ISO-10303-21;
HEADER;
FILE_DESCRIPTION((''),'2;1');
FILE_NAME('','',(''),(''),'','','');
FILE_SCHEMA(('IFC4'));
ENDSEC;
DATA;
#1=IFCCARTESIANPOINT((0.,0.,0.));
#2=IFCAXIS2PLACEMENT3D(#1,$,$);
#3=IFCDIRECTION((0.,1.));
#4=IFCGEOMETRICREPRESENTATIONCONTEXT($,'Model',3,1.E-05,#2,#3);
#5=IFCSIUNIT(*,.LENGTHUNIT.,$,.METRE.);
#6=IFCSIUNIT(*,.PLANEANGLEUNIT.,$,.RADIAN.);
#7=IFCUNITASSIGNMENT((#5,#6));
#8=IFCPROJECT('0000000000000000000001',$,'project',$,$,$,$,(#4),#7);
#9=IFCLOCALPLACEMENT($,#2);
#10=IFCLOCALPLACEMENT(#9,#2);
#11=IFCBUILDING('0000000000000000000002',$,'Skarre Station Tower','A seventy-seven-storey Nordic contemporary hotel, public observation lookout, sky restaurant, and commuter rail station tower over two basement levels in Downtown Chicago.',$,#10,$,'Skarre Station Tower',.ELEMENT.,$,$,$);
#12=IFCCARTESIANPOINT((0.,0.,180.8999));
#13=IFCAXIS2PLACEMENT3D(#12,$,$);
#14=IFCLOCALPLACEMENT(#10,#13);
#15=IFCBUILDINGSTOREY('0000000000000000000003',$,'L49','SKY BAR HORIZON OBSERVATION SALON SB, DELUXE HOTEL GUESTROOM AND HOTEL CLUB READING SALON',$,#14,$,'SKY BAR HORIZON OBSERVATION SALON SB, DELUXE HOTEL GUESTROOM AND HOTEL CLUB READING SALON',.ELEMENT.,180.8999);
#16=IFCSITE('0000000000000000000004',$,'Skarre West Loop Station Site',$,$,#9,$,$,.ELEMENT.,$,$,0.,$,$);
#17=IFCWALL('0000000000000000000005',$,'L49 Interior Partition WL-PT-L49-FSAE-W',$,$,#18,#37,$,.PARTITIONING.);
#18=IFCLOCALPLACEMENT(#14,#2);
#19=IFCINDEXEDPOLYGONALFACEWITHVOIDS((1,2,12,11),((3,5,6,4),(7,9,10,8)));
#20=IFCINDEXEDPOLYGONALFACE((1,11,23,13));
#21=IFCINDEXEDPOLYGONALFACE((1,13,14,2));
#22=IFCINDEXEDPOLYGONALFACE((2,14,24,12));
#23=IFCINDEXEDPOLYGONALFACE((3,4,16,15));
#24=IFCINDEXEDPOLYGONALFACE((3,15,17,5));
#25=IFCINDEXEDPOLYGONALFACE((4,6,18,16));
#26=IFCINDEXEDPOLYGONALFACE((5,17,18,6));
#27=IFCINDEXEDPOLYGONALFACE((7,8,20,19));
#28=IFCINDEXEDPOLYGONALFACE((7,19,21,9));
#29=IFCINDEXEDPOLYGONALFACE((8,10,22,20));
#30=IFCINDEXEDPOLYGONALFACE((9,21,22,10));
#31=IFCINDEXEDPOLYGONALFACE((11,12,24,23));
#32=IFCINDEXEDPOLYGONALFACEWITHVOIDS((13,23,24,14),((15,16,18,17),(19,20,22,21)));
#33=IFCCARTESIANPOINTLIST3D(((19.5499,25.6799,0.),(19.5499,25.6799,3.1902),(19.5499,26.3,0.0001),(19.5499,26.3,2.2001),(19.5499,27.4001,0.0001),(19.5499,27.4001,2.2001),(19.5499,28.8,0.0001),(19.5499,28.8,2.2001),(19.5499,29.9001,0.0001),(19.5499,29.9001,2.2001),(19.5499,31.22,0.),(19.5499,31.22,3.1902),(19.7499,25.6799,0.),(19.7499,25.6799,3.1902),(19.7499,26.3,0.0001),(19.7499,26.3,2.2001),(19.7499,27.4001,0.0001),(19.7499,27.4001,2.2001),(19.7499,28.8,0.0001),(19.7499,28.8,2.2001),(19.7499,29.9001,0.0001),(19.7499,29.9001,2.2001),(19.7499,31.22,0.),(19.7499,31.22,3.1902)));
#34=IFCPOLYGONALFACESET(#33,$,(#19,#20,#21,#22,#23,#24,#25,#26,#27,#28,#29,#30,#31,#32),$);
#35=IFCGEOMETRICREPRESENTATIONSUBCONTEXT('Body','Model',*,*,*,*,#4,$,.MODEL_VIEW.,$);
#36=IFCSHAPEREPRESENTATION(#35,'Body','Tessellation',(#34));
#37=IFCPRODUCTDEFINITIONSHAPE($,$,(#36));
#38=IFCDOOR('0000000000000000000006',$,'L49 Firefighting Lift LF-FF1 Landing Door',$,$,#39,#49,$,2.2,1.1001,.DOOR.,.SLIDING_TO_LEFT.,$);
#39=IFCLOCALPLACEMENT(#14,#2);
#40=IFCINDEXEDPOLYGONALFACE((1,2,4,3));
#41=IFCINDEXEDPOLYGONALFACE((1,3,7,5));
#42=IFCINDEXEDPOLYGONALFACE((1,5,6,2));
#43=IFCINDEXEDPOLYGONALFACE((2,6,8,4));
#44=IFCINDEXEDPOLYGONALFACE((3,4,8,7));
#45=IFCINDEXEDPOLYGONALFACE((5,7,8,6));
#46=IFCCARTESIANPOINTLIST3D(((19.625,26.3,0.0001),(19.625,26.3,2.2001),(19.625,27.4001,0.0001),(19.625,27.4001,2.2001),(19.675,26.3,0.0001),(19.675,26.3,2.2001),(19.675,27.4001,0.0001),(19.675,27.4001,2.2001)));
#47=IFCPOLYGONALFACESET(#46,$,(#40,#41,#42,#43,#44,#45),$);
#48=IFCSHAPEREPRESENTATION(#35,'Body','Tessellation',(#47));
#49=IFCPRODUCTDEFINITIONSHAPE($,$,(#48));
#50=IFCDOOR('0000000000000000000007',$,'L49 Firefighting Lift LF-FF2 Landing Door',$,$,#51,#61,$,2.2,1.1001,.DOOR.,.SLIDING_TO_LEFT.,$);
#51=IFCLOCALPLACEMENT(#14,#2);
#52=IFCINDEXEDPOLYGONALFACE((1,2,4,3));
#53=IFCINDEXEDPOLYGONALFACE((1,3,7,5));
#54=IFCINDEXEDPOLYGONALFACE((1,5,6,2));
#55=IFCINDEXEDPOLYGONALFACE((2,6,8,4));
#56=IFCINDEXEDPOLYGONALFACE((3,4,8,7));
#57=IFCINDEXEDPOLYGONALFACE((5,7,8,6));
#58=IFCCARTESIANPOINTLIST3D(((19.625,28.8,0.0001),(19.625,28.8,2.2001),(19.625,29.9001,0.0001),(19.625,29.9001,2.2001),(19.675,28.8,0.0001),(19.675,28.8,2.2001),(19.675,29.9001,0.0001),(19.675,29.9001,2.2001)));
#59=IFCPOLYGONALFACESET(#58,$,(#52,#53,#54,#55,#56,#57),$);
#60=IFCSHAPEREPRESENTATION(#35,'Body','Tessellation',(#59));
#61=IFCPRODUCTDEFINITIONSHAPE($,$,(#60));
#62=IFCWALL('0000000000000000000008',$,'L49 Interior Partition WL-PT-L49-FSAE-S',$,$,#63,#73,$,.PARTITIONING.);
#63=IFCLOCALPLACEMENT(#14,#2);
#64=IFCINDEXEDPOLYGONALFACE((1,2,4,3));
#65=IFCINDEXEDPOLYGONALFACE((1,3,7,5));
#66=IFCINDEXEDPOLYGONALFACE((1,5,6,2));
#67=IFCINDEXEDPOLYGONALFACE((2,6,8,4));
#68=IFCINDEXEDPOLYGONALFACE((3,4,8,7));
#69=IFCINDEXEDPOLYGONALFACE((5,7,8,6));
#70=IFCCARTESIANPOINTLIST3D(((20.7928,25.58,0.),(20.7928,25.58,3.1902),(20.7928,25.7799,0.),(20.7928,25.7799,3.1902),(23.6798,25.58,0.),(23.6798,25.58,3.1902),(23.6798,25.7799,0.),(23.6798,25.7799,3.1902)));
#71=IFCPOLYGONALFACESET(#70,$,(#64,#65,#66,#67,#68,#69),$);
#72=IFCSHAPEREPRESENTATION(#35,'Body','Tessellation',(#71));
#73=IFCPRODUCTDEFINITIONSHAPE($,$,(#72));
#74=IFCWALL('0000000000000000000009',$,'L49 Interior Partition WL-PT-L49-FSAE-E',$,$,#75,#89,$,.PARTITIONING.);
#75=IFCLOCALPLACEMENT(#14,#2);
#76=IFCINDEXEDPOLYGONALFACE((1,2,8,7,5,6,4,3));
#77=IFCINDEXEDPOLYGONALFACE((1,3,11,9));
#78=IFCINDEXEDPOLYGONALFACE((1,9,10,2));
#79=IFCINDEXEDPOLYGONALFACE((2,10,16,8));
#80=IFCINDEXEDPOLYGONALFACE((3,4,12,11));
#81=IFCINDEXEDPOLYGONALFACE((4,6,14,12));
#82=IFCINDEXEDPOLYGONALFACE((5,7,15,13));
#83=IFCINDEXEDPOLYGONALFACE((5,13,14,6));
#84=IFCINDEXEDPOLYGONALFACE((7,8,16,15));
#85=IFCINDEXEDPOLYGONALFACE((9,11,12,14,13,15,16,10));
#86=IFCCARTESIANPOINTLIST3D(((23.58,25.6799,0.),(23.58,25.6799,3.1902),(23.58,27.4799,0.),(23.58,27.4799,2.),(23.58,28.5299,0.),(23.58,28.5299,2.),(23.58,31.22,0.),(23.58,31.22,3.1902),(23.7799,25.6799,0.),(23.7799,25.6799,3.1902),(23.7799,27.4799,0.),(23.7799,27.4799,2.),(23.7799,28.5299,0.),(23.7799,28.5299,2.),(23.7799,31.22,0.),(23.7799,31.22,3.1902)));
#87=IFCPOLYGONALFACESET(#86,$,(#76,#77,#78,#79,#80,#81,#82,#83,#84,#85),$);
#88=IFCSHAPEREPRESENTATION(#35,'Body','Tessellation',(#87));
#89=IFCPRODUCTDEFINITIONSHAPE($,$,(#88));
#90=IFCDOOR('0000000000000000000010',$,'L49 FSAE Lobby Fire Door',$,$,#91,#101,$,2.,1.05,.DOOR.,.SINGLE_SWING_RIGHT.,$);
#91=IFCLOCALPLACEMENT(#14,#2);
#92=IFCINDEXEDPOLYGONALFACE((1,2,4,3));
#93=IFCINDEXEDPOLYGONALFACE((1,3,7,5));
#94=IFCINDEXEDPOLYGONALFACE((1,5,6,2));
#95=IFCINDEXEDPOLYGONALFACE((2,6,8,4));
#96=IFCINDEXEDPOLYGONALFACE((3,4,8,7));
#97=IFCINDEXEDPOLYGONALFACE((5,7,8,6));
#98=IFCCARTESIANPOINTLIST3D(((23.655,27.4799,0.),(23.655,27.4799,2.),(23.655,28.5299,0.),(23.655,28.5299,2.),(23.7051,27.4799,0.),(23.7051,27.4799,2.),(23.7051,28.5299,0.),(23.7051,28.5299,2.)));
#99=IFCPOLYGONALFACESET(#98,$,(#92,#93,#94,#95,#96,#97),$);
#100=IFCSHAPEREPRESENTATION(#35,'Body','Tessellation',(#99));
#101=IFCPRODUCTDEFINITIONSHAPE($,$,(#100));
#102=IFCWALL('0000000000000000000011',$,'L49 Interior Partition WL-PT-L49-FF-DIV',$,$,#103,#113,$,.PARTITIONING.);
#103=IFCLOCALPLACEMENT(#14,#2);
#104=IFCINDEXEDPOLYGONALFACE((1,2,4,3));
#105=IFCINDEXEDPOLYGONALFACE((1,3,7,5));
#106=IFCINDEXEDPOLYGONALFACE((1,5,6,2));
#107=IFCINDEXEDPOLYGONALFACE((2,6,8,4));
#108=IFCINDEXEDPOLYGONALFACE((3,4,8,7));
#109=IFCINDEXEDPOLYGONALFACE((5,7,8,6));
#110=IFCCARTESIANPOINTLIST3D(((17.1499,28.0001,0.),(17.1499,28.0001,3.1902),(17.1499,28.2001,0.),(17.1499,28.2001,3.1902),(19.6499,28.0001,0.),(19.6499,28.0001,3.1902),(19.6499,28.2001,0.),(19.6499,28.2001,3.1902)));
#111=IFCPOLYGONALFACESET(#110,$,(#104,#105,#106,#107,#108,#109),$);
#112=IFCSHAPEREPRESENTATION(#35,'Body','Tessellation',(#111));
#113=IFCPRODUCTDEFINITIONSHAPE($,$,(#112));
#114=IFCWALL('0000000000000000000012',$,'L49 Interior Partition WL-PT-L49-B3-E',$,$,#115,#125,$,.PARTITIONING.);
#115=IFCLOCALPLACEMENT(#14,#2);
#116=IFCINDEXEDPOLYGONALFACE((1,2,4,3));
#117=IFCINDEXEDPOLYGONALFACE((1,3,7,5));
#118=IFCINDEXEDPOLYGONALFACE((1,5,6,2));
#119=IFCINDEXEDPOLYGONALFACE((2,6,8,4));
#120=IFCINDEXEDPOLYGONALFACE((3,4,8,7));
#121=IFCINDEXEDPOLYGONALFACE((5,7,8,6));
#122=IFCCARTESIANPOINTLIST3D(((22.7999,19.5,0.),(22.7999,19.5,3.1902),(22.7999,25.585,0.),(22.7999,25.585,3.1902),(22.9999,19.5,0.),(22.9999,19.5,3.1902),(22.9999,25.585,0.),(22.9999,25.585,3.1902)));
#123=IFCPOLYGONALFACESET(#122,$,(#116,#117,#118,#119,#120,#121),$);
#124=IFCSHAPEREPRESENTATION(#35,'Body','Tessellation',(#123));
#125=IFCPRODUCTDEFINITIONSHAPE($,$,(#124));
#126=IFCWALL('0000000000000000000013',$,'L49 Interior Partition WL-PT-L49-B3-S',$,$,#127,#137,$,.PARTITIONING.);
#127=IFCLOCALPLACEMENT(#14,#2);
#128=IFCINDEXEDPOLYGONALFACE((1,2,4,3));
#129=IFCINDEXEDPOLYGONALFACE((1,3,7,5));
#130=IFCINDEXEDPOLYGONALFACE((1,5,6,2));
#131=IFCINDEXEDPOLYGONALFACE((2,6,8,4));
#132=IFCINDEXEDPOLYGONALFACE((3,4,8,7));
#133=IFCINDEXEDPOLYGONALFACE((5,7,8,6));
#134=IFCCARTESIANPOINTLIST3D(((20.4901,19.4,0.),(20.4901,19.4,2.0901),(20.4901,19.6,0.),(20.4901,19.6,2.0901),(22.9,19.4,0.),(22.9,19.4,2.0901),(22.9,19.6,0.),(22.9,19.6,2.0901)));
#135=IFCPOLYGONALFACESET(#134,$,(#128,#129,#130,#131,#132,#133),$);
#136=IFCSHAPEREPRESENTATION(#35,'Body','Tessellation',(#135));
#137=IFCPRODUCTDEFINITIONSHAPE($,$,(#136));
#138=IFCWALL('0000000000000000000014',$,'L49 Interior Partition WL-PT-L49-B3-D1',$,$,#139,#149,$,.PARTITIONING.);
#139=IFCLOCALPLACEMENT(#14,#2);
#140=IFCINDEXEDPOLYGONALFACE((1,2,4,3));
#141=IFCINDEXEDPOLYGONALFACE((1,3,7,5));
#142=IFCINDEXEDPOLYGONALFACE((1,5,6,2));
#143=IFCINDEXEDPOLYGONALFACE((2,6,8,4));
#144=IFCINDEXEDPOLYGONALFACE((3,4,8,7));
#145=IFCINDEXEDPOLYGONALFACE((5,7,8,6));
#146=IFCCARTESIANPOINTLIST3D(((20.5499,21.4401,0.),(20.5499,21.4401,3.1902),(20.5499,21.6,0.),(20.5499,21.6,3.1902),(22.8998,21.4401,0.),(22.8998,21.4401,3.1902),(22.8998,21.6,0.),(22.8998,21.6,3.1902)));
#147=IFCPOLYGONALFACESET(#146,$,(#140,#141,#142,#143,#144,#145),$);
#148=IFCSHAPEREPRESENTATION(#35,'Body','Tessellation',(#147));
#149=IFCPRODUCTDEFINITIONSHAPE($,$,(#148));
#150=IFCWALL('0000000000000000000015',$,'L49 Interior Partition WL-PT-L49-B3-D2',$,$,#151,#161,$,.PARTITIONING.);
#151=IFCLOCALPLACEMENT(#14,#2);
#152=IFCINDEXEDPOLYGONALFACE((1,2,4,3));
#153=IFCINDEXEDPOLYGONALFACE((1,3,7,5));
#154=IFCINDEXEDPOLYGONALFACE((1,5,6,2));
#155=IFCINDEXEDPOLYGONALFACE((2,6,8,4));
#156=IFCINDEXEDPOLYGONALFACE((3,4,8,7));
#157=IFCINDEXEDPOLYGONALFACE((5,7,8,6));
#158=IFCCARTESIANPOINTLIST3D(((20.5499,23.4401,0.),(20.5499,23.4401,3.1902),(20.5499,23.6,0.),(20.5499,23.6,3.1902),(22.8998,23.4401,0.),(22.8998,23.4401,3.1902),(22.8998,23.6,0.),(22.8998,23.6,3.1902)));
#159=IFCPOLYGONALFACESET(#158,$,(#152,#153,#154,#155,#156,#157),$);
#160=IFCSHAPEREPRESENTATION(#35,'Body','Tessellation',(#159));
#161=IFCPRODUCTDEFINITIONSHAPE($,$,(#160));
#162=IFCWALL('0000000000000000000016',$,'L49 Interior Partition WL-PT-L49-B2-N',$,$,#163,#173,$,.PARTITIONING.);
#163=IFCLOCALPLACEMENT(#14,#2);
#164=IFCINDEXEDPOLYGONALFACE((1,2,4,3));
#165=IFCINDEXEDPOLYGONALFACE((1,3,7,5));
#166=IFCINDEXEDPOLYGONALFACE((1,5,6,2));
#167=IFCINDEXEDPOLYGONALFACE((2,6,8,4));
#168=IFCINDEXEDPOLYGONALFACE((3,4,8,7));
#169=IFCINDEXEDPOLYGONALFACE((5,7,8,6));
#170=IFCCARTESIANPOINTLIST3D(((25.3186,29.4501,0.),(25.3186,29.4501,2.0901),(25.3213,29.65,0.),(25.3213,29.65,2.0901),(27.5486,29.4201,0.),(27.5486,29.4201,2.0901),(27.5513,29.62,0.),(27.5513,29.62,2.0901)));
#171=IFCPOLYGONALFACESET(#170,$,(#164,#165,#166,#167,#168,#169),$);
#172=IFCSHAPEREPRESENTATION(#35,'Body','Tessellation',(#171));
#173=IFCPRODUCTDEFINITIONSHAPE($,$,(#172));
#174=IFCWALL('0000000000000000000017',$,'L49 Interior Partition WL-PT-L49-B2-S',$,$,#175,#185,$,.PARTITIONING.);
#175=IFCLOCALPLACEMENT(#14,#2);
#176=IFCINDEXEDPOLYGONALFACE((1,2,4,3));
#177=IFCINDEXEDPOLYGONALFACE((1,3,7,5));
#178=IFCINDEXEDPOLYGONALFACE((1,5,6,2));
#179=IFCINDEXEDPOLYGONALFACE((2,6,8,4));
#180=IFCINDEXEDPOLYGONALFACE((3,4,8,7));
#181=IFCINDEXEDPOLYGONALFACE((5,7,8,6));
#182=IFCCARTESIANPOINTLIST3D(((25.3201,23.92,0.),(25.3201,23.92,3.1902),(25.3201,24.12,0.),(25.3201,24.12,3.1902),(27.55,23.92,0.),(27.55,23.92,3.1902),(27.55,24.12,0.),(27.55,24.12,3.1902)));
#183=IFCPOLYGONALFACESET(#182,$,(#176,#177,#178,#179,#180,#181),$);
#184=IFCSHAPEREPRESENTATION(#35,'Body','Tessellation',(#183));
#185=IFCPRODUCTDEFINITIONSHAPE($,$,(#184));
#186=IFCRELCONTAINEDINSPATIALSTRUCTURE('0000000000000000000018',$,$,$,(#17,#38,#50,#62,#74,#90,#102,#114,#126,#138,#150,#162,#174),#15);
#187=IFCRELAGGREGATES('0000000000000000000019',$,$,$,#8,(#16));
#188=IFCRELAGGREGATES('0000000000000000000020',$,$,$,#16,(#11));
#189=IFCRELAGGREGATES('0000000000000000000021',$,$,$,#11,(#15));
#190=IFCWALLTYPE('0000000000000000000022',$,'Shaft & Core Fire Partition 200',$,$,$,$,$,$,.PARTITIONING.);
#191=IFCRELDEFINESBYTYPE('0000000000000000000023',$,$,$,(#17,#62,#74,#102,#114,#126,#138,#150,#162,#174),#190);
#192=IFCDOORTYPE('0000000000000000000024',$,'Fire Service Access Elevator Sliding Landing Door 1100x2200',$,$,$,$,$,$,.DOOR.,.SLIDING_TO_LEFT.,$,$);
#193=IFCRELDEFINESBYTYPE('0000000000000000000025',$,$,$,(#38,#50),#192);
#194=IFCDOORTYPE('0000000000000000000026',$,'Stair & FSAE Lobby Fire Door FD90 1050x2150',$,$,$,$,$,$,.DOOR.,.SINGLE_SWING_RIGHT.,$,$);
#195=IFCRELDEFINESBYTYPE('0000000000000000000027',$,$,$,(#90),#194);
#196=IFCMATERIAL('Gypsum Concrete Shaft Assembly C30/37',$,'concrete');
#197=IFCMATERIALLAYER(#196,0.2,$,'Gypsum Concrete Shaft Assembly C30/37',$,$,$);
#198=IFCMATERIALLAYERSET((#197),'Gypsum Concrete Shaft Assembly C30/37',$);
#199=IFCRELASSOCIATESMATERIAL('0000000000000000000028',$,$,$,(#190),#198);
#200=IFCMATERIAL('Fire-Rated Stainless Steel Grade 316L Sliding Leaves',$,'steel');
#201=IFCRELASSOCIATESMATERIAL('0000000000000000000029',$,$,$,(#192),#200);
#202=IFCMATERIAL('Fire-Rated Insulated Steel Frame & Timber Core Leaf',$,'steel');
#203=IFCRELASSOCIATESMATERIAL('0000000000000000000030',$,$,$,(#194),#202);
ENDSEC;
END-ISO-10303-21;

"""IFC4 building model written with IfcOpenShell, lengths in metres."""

from ifc_helpers import new_model, si_unit, direction, frame, frame_2d, origin, place, context, subcontext, project, spatial, rectangle, extrude, material, layer, layer_set, type_object, element, fill, save


model = new_model("IFC4")

# Units and contexts
model_context = context("Model", 3, precision=1e-05, world=origin(), true_north=direction((0.0, 1.0)))
body_context = subcontext(model_context, "Body", "Model", "MODEL_VIEW")
ifc_project = project(units=[si_unit("LENGTHUNIT", "METRE"), si_unit("PLANEANGLEUNIT", "RADIAN")], contexts=[model_context])

# Site, building, storey
site_placement = place(None, origin())
site = spatial("IfcSite", under=ifc_project, at=site_placement, Name="Skarre West Loop Station Site", CompositionType="ELEMENT", RefElevation=0.0)
building_placement = place(site_placement, origin())
building = spatial("IfcBuilding", under=site, at=building_placement, Name="Skarre Station Tower", Description="A seventy-seven-storey Nordic contemporary hotel, public observation lookout, sky restaurant, and commuter rail station tower over two basement levels in Downtown Chicago.", LongName="Skarre Station Tower", CompositionType="ELEMENT")
storey_placement = place(building_placement, frame((0.0, 0.0, 180.8999)))
storey = spatial("IfcBuildingStorey", under=building, at=storey_placement, Name="L49", Description="SKY BAR HORIZON OBSERVATION SALON SB, DELUXE HOTEL GUESTROOM AND HOTEL CLUB READING SALON", LongName="SKY BAR HORIZON OBSERVATION SALON SB, DELUXE HOTEL GUESTROOM AND HOTEL CLUB READING SALON", CompositionType="ELEMENT", Elevation=180.8999)

# Wall, openings, doors
ifc_material_1 = material(Name="Gypsum Concrete Shaft Assembly C30/37", Category="concrete")
ifc_layer_1 = layer(ifc_material_1, 0.2, Name="Gypsum Concrete Shaft Assembly C30/37")
ifc_layer_set_1 = layer_set([ifc_layer_1], Name="Gypsum Concrete Shaft Assembly C30/37")
wall_type_1 = type_object("IfcWallType", Name="Shaft & Core Fire Partition 200", PredefinedType="PARTITIONING", material=ifc_layer_set_1)
wall_1_placement = place(storey_placement, frame((19.6499, 25.6799, 0.0), z_axis=(0.0, 0.0, 1.0), x_axis=(0.0, 1.0, 0.0)))
wall_1 = element("IfcWall", 1, at=wall_1_placement, inside=storey, type_object=wall_type_1, Name="L49 Interior Partition WL-PT-L49-FSAE-W", PredefinedType="PARTITIONING", context=body_context, shape_type="SweptSolid", body=[
    extrude(rectangle(XDim=5.54, YDim=0.2, at=frame_2d((2.77, 0.0))), origin(), (0.0, 0.0, 1.0), 3.1902),
])
opening_1_placement = place(wall_1_placement, frame((0.6201, 0.0, 0.0)))
opening_1 = element("IfcOpeningElement", 2, at=opening_1_placement, cuts=wall_1, PredefinedType="OPENING", context=body_context, shape_type="SweptSolid", body=[
    extrude(rectangle(XDim=1.1001, YDim=2.2, at=frame_2d((0.55, 1.1001))), frame((0.0, 0.1099, 0.0), z_axis=(0.0, -1.0, 0.0), x_axis=(1.0, 0.0, 0.0)), (0.0, 0.0, 1.0), 0.22),
])
opening_2_placement = place(wall_1_placement, frame((3.1201, 0.0, 0.0)))
opening_2 = element("IfcOpeningElement", 3, at=opening_2_placement, cuts=wall_1, PredefinedType="OPENING", context=body_context, shape_type="SweptSolid", body=[
    extrude(rectangle(XDim=1.1001, YDim=2.2, at=frame_2d((0.55, 1.1001))), frame((0.0, 0.1099, 0.0), z_axis=(0.0, -1.0, 0.0), x_axis=(1.0, 0.0, 0.0)), (0.0, 0.0, 1.0), 0.22),
])
ifc_material_2 = material(Name="Fire-Rated Stainless Steel Grade 316L Sliding Leaves", Category="steel")
door_type_1 = type_object("IfcDoorType", Name="Fire Service Access Elevator Sliding Landing Door 1100x2200", OperationType="SLIDING_TO_LEFT", PredefinedType="DOOR", material=ifc_material_2)
door_1_placement = place(opening_1_placement, origin())
door_1 = element("IfcDoor", 4, at=door_1_placement, inside=storey, type_object=door_type_1, Name="L49 Firefighting Lift LF-FF1 Landing Door", OperationType="SLIDING_TO_LEFT", OverallHeight=2.2, OverallWidth=1.1001, PredefinedType="DOOR", context=body_context, shape_type="SweptSolid", body=[
    extrude(rectangle(XDim=1.1001, YDim=2.2, at=frame_2d((0.55, 1.1001))), frame((0.0, 0.0249, 0.0), z_axis=(0.0, -1.0, 0.0), x_axis=(1.0, 0.0, 0.0)), (0.0, 0.0, 1.0), 0.05),
])
fill(opening_1, door_1)
door_2_placement = place(opening_2_placement, origin())
door_2 = element("IfcDoor", 5, at=door_2_placement, inside=storey, type_object=door_type_1, Name="L49 Firefighting Lift LF-FF2 Landing Door", OperationType="SLIDING_TO_LEFT", OverallHeight=2.2, OverallWidth=1.1001, PredefinedType="DOOR", context=body_context, shape_type="SweptSolid", body=[
    extrude(rectangle(XDim=1.1001, YDim=2.2, at=frame_2d((0.55, 1.1001))), frame((0.0, 0.0249, 0.0), z_axis=(0.0, -1.0, 0.0), x_axis=(1.0, 0.0, 0.0)), (0.0, 0.0, 1.0), 0.05),
])
fill(opening_2, door_2)

# Wall
wall_2_placement = place(storey_placement, frame((20.793, 25.6799, 0.0), z_axis=(0.0, 0.0, 1.0), x_axis=(1.0, 0.0, 0.0)))
element("IfcWall", 6, at=wall_2_placement, inside=storey, type_object=wall_type_1, Name="L49 Interior Partition WL-PT-L49-FSAE-S", PredefinedType="PARTITIONING", context=body_context, shape_type="SweptSolid", body=[
    extrude(rectangle(XDim=2.887, YDim=0.2, at=frame_2d((1.4434, 0.0))), origin(), (0.0, 0.0, 1.0), 3.1902),
])

# Wall, opening, door
wall_3_placement = place(storey_placement, frame((23.6799, 25.6799, 0.0), z_axis=(0.0, 0.0, 1.0), x_axis=(0.0, 1.0, 0.0)))
wall_3 = element("IfcWall", 7, at=wall_3_placement, inside=storey, type_object=wall_type_1, Name="L49 Interior Partition WL-PT-L49-FSAE-E", PredefinedType="PARTITIONING", context=body_context, shape_type="SweptSolid", body=[
    extrude(rectangle(XDim=5.54, YDim=0.2, at=frame_2d((2.77, 0.0))), origin(), (0.0, 0.0, 1.0), 3.1902),
])
opening_3_placement = place(wall_3_placement, frame((1.8, 0.0, 0.0)))
opening_3 = element("IfcOpeningElement", 8, at=opening_3_placement, cuts=wall_3, PredefinedType="OPENING", context=body_context, shape_type="SweptSolid", body=[
    extrude(rectangle(XDim=1.05, YDim=2.0, at=frame_2d((0.5249, 1.0))), frame((0.0, 0.1099, 0.0), z_axis=(0.0, -1.0, 0.0), x_axis=(1.0, 0.0, 0.0)), (0.0, 0.0, 1.0), 0.22),
])
ifc_material_3 = material(Name="Fire-Rated Insulated Steel Frame & Timber Core Leaf", Category="steel")
door_type_2 = type_object("IfcDoorType", Name="Stair & FSAE Lobby Fire Door FD90 1050x2150", OperationType="SINGLE_SWING_RIGHT", PredefinedType="DOOR", material=ifc_material_3)
door_3_placement = place(opening_3_placement, origin())
door_3 = element("IfcDoor", 9, at=door_3_placement, inside=storey, type_object=door_type_2, Name="L49 FSAE Lobby Fire Door", OperationType="SINGLE_SWING_RIGHT", OverallHeight=2.0, OverallWidth=1.05, PredefinedType="DOOR", context=body_context, shape_type="SweptSolid", body=[
    extrude(rectangle(XDim=1.05, YDim=2.0, at=frame_2d((0.5249, 1.0))), frame((0.0, 0.0249, 0.0), z_axis=(0.0, -1.0, 0.0), x_axis=(1.0, 0.0, 0.0)), (0.0, 0.0, 1.0), 0.05),
])
fill(opening_3, door_3)

# Walls
wall_4_placement = place(storey_placement, frame((17.1499, 28.1001, 0.0), z_axis=(0.0, 0.0, 1.0), x_axis=(1.0, 0.0, 0.0)))
element("IfcWall", 10, at=wall_4_placement, inside=storey, type_object=wall_type_1, Name="L49 Interior Partition WL-PT-L49-FF-DIV", PredefinedType="PARTITIONING", context=body_context, shape_type="SweptSolid", body=[
    extrude(rectangle(XDim=2.5, YDim=0.2, at=frame_2d((1.25, 0.0))), origin(), (0.0, 0.0, 1.0), 3.1902),
])
wall_5_placement = place(storey_placement, frame((22.8999, 19.5, 0.0), z_axis=(0.0, 0.0, 1.0), x_axis=(0.0, 1.0, 0.0)))
element("IfcWall", 11, at=wall_5_placement, inside=storey, type_object=wall_type_1, Name="L49 Interior Partition WL-PT-L49-B3-E", PredefinedType="PARTITIONING", context=body_context, shape_type="SweptSolid", body=[
    extrude(rectangle(XDim=6.085, YDim=0.2, at=frame_2d((3.0425, 0.0))), origin(), (0.0, 0.0, 1.0), 3.1902),
])
wall_6_placement = place(storey_placement, frame((20.49, 19.5, 0.0), z_axis=(0.0, 0.0, 1.0), x_axis=(1.0, 0.0, 0.0)))
element("IfcWall", 12, at=wall_6_placement, inside=storey, type_object=wall_type_1, Name="L49 Interior Partition WL-PT-L49-B3-S", PredefinedType="PARTITIONING", context=body_context, shape_type="SweptSolid", body=[
    extrude(rectangle(XDim=2.4099, YDim=0.2, at=frame_2d((1.2051, 0.0))), origin(), (0.0, 0.0, 1.0), 2.0901),
])
for number, where, z_axis, x_axis, name in (
    (13, (20.55, 21.52, 0.0), (0.0, 0.0, 1.0), (1.0, 0.0, 0.0), "L49 Interior Partition WL-PT-L49-B3-D1"),
    (14, (20.55, 23.52, 0.0), (0.0, 0.0, 1.0), (1.0, 0.0, 0.0), "L49 Interior Partition WL-PT-L49-B3-D2"),
):
    element("IfcWall", number, at=place(storey_placement, frame(where, z_axis=z_axis, x_axis=x_axis)), inside=storey, type_object=wall_type_1, Name=name, PredefinedType="PARTITIONING", context=body_context, shape_type="SweptSolid", body=[
        extrude(rectangle(XDim=2.3499, YDim=0.1599, at=frame_2d((1.1748, 0.0))), origin(), (0.0, 0.0, 1.0), 3.1902),
    ])
wall_7_placement = place(storey_placement, frame((27.55, 29.52, 0.0), z_axis=(0.0, 0.0, 1.0), x_axis=(-0.999909, 0.013465, 0.0)))
element("IfcWall", 15, at=wall_7_placement, inside=storey, type_object=wall_type_1, Name="L49 Interior Partition WL-PT-L49-B2-N", PredefinedType="PARTITIONING", context=body_context, shape_type="SweptSolid", body=[
    extrude(rectangle(XDim=2.2302, YDim=0.2, at=frame_2d((1.1152, 0.0))), origin(), (0.0, 0.0, 1.0), 2.0901),
])
wall_8_placement = place(storey_placement, frame((25.3201, 24.02, 0.0), z_axis=(0.0, 0.0, 1.0), x_axis=(1.0, 0.0, 0.0)))
element("IfcWall", 16, at=wall_8_placement, inside=storey, type_object=wall_type_1, Name="L49 Interior Partition WL-PT-L49-B2-S", PredefinedType="PARTITIONING", context=body_context, shape_type="SweptSolid", body=[
    extrude(rectangle(XDim=2.23, YDim=0.2, at=frame_2d((1.115, 0.0))), origin(), (0.0, 0.0, 1.0), 3.1902),
])

save(model, "model.ifc")
